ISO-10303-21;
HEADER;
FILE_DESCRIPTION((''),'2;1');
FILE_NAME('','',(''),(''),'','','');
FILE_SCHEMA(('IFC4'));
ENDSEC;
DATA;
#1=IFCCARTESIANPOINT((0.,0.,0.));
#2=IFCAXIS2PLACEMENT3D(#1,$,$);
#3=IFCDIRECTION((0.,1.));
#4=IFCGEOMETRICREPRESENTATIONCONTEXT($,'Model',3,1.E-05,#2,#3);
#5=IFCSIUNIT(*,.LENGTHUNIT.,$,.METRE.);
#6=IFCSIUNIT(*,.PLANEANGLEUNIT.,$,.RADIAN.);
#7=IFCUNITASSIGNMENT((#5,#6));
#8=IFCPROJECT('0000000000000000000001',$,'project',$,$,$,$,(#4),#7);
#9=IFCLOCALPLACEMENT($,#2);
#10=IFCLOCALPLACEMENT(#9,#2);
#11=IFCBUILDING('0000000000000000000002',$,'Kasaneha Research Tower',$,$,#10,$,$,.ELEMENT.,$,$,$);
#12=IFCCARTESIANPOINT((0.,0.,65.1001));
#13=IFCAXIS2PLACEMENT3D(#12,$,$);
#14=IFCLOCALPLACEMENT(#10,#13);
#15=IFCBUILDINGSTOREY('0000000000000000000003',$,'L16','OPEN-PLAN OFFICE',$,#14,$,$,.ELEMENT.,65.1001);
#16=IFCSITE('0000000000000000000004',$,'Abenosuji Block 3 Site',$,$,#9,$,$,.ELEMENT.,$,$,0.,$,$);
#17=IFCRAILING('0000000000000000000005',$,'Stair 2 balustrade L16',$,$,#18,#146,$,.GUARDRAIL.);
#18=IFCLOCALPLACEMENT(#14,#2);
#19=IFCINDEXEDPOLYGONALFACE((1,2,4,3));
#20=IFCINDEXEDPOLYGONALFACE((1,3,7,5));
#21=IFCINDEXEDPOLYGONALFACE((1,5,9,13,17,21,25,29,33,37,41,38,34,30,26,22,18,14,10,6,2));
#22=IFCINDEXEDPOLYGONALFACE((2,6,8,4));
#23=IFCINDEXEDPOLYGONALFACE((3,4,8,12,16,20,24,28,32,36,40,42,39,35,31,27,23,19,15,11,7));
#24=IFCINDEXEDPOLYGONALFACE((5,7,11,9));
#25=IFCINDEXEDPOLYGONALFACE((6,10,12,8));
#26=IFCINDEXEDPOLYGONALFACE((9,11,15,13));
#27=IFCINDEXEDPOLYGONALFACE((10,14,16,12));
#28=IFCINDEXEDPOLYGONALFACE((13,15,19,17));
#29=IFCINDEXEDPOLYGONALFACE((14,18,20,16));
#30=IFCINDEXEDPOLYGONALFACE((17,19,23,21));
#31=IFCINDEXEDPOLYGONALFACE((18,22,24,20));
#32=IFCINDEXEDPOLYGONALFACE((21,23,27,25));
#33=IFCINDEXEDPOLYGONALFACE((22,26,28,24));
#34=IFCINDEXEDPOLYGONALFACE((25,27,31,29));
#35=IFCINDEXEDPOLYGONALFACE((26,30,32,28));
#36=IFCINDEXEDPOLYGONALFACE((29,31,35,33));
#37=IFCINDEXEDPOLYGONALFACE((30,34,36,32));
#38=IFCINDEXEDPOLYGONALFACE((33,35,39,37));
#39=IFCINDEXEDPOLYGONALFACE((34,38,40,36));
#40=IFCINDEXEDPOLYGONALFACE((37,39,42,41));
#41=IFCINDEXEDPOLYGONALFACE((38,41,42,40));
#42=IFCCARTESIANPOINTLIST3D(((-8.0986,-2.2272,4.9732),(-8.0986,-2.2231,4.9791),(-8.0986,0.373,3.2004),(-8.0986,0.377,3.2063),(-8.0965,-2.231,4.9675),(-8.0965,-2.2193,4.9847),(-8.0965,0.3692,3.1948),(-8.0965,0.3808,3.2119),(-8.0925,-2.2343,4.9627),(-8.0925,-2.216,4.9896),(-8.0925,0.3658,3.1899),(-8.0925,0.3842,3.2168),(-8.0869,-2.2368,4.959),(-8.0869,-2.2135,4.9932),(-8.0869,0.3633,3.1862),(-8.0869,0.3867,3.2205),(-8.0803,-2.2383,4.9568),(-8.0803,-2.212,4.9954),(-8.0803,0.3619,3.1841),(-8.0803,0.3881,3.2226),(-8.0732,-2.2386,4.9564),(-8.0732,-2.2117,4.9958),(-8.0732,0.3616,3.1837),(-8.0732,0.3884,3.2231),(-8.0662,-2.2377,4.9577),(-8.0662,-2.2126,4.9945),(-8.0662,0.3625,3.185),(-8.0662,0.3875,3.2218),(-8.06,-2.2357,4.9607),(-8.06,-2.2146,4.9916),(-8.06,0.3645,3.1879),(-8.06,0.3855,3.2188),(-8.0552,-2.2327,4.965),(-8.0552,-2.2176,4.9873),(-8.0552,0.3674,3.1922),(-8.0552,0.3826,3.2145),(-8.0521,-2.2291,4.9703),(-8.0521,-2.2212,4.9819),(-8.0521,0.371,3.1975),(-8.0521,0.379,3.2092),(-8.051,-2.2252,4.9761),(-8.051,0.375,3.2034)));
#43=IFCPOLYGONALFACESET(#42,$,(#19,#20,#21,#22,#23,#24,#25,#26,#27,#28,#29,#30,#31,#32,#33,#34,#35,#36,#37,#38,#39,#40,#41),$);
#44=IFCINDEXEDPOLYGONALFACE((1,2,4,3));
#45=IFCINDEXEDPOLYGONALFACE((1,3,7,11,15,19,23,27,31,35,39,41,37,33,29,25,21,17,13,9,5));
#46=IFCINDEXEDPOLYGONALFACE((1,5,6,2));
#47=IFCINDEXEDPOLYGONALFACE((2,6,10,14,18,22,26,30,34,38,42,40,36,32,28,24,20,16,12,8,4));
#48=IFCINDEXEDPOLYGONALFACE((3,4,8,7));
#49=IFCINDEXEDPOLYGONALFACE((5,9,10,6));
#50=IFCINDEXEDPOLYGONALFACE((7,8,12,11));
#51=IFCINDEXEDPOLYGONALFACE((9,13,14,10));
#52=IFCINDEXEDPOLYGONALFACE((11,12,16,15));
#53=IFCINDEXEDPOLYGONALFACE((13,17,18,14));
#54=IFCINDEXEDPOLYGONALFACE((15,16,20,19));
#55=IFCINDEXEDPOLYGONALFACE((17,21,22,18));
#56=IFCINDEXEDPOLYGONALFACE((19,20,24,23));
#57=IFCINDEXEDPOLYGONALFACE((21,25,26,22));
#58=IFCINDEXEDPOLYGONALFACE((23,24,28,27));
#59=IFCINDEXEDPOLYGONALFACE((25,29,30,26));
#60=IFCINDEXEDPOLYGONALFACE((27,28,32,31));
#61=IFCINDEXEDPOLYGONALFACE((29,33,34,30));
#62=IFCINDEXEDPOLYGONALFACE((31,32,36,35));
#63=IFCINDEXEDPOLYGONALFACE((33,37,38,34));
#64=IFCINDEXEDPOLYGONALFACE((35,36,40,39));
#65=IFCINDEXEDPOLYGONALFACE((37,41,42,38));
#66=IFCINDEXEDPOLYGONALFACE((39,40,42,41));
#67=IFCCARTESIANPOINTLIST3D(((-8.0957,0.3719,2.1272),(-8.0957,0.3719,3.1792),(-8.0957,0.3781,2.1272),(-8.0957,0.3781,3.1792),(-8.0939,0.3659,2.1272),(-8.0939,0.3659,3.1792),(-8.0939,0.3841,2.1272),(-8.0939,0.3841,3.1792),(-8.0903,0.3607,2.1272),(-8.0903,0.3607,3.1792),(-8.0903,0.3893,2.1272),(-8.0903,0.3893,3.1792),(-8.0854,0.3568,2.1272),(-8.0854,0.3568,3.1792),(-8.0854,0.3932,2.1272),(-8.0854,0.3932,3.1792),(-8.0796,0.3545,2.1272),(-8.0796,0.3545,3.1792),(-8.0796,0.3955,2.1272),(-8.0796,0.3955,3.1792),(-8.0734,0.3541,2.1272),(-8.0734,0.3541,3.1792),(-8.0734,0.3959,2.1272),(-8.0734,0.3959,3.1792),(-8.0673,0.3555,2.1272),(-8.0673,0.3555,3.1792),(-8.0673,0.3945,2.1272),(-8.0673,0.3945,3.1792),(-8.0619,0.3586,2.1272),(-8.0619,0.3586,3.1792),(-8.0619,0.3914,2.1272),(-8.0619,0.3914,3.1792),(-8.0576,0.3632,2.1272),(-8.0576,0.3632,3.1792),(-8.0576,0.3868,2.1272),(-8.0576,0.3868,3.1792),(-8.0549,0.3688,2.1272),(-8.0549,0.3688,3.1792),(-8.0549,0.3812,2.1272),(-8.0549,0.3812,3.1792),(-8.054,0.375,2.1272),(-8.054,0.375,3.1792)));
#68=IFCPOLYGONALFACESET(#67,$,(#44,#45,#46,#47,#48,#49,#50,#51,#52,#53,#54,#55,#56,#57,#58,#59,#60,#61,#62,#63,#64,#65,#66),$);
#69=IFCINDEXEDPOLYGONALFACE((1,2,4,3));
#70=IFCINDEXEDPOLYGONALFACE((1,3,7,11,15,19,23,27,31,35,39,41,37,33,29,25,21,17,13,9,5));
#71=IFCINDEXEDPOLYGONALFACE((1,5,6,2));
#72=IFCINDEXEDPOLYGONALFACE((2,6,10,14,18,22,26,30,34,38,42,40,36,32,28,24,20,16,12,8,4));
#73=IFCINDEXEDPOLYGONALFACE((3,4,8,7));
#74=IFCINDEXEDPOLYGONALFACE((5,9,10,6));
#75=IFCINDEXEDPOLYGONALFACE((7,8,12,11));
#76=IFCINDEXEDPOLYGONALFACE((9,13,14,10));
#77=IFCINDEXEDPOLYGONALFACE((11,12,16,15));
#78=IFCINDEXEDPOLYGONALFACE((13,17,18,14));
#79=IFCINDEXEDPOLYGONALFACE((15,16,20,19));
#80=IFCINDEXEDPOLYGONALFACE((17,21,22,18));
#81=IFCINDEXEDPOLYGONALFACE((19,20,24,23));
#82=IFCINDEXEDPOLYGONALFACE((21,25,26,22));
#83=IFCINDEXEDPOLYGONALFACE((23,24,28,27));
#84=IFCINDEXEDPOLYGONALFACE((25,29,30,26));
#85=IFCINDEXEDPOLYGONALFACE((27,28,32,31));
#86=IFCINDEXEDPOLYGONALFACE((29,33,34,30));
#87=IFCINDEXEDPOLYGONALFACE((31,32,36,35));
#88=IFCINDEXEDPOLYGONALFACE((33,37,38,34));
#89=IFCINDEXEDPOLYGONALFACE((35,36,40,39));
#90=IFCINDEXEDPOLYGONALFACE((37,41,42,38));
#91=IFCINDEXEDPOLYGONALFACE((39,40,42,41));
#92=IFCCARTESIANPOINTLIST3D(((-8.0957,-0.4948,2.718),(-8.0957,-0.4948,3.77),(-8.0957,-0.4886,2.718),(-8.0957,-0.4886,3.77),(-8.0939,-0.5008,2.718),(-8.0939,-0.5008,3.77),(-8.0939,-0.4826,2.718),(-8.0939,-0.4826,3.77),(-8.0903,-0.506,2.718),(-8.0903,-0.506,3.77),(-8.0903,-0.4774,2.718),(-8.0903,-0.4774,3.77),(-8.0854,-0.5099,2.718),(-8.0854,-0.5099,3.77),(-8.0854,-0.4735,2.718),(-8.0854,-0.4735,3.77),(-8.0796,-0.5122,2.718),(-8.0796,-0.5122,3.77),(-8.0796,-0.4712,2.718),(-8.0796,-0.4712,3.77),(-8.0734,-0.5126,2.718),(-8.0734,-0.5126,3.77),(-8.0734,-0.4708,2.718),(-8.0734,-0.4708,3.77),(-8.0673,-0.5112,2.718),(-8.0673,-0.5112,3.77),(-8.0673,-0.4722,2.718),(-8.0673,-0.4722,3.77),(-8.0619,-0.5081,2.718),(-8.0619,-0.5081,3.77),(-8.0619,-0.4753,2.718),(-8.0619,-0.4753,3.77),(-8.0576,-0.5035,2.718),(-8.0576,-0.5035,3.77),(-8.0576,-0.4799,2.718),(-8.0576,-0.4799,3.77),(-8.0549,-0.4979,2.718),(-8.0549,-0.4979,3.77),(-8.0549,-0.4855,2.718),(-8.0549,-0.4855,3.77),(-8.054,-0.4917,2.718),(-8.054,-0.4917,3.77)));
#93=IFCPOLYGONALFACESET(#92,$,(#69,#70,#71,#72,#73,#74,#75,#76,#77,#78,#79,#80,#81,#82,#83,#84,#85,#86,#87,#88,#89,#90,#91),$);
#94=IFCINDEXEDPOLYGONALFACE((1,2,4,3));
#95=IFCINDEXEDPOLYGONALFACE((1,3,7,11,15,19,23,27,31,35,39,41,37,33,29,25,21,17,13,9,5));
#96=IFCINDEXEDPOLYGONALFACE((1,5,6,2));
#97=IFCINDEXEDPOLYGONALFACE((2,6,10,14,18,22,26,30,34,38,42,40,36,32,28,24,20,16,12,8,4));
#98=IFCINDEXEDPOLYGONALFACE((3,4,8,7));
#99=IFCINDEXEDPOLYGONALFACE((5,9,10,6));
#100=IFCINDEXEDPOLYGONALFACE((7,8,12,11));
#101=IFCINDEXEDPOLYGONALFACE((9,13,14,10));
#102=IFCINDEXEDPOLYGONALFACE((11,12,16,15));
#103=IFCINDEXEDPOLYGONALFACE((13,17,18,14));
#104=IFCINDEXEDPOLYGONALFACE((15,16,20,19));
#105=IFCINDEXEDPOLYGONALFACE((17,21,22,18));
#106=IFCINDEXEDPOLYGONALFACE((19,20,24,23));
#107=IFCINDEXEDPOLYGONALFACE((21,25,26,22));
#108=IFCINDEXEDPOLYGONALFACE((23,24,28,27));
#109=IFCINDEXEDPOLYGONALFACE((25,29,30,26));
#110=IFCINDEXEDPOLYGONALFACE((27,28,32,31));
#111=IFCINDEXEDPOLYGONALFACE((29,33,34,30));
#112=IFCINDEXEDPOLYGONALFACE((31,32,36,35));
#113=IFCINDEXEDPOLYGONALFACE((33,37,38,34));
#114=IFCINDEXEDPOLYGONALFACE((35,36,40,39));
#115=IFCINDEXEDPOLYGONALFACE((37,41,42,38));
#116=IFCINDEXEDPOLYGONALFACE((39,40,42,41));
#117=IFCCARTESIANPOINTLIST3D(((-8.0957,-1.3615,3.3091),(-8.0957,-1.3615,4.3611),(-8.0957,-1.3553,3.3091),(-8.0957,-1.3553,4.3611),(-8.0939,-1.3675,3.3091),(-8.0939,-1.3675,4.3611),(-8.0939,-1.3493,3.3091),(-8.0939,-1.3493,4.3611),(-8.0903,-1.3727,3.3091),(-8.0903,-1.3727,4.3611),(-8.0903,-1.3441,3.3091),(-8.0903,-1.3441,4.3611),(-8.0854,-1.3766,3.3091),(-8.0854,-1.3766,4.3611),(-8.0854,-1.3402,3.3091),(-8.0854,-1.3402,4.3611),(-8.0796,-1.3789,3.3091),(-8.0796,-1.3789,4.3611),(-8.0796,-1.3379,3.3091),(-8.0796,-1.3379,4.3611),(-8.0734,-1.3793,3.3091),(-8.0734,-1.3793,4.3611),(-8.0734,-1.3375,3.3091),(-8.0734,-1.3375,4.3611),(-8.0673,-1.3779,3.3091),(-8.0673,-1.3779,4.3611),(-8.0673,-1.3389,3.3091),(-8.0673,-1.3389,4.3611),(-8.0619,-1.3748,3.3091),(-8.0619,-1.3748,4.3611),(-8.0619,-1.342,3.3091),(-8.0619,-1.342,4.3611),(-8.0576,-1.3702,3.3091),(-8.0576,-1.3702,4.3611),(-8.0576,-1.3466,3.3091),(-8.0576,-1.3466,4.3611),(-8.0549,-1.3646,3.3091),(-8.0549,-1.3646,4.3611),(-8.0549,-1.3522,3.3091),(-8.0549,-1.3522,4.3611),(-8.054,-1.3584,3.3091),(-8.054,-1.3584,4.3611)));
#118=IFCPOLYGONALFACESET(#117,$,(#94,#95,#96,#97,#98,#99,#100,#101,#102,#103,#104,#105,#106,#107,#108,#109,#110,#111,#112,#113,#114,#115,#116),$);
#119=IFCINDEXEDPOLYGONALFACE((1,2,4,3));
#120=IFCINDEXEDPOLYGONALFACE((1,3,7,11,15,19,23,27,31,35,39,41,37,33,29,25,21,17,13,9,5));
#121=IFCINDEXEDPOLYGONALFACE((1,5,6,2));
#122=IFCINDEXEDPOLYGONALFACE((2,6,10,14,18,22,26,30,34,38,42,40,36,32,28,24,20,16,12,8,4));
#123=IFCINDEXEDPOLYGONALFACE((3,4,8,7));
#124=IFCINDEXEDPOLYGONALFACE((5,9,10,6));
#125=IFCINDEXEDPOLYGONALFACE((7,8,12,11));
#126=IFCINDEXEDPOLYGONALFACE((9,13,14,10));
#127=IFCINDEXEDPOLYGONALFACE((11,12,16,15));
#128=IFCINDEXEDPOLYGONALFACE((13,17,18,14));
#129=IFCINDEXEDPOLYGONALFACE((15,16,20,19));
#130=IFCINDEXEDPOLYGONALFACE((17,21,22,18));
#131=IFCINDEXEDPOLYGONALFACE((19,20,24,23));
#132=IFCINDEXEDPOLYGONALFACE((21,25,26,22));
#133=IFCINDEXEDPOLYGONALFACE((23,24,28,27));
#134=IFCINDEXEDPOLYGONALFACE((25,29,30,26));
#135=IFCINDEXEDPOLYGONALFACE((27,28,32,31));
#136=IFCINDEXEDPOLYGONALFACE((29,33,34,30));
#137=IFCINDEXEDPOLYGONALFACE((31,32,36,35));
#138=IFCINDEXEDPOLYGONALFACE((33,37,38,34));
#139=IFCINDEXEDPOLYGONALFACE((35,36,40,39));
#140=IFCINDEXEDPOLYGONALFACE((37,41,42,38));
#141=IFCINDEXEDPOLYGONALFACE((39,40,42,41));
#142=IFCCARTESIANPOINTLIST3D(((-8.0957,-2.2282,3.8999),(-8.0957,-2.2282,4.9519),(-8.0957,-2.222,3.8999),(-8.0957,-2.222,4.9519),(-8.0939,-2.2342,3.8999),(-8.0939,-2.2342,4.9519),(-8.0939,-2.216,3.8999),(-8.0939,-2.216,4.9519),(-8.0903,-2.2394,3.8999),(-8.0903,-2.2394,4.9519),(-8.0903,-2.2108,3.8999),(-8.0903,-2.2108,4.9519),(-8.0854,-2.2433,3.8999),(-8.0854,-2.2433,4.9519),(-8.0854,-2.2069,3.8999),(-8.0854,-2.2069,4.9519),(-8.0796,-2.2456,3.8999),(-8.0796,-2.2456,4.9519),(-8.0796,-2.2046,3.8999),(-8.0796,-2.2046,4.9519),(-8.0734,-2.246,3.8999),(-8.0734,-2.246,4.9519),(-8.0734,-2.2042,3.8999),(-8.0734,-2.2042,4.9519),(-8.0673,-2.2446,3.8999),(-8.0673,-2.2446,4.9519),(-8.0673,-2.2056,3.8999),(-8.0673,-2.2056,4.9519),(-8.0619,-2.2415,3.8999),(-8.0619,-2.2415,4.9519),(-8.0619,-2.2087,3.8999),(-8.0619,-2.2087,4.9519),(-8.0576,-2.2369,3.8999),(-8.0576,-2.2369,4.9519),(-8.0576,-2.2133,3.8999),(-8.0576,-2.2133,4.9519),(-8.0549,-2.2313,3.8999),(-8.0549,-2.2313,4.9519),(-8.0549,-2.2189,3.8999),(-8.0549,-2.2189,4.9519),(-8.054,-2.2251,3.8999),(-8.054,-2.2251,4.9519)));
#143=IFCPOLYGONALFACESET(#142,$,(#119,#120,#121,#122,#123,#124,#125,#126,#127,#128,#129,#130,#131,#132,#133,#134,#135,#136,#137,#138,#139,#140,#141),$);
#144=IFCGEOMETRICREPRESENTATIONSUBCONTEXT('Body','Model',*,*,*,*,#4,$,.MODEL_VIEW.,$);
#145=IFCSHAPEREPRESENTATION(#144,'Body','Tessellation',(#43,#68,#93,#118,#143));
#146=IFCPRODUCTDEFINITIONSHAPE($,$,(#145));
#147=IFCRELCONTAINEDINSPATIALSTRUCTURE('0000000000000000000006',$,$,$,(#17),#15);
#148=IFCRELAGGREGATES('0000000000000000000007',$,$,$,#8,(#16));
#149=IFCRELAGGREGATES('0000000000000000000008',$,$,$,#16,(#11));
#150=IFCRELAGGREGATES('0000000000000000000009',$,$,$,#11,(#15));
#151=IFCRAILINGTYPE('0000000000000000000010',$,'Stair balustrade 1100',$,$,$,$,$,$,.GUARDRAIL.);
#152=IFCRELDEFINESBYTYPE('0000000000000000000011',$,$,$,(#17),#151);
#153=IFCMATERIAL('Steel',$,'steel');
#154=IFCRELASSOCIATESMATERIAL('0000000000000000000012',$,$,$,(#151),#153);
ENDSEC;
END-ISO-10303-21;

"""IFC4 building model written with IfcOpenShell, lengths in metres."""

from ifc_helpers import new_model, si_unit, direction, frame, origin, origin_2d, place, context, subcontext, project, spatial, circle, extrude, material, type_object, element, save


model = new_model("IFC4")

# Units and contexts
model_context = context("Model", 3, precision=1e-05, world=origin(), true_north=direction((0.0, 1.0)))
body_context = subcontext(model_context, "Body", "Model", "MODEL_VIEW")
ifc_project = project(units=[si_unit("LENGTHUNIT", "METRE"), si_unit("PLANEANGLEUNIT", "RADIAN")], contexts=[model_context])

# Site, building, storey
site_placement = place(None, origin())
site = spatial("IfcSite", under=ifc_project, at=site_placement, Name="Abenosuji Block 3 Site", CompositionType="ELEMENT", RefElevation=0.0)
building_placement = place(site_placement, origin())
building = spatial("IfcBuilding", under=site, at=building_placement, Name="Kasaneha Research Tower", CompositionType="ELEMENT")
storey_placement = place(building_placement, frame((0.0, 0.0, 65.1001)))
storey = spatial("IfcBuildingStorey", under=building, at=storey_placement, Name="L16", Description="OPEN-PLAN OFFICE", CompositionType="ELEMENT", Elevation=65.1001)

# Railing
ifc_material_1 = material(Name="Steel", Category="steel")
railing_type_1 = type_object("IfcRailingType", Name="Stair balustrade 1100", PredefinedType="GUARDRAIL", material=ifc_material_1)
railing_1_placement = place(storey_placement, frame((-8.075, 0.375, 2.1272)))
element("IfcRailing", 1, at=railing_1_placement, inside=storey, type_object=railing_type_1, Name="Stair 2 balustrade L16", PredefinedType="GUARDRAIL", context=body_context, shape_type="SweptSolid", body=[
    extrude(circle(Radius=0.0239, at=origin_2d()), frame((0.0, 0.0, 1.0762), z_axis=(0.0, -0.82624, 0.563318), x_axis=(1.0, 0.0, 0.0)), (0.0, 0.0, 1.0), 3.147),
    extrude(circle(Radius=0.021, at=origin_2d()), origin(), (0.0, 0.0, 1.0), 1.052),
    extrude(circle(Radius=0.021, at=origin_2d()), frame((0.0, -0.8667, 0.5908)), (0.0, 0.0, 1.0), 1.052),
    extrude(circle(Radius=0.021, at=origin_2d()), frame((0.0, -1.7334, 1.1819)), (0.0, 0.0, 1.0), 1.052),
    extrude(circle(Radius=0.021, at=origin_2d()), frame((0.0, -2.6001, 1.7727)), (0.0, 0.0, 1.0), 1.052),
])

save(model, "model.ifc")
